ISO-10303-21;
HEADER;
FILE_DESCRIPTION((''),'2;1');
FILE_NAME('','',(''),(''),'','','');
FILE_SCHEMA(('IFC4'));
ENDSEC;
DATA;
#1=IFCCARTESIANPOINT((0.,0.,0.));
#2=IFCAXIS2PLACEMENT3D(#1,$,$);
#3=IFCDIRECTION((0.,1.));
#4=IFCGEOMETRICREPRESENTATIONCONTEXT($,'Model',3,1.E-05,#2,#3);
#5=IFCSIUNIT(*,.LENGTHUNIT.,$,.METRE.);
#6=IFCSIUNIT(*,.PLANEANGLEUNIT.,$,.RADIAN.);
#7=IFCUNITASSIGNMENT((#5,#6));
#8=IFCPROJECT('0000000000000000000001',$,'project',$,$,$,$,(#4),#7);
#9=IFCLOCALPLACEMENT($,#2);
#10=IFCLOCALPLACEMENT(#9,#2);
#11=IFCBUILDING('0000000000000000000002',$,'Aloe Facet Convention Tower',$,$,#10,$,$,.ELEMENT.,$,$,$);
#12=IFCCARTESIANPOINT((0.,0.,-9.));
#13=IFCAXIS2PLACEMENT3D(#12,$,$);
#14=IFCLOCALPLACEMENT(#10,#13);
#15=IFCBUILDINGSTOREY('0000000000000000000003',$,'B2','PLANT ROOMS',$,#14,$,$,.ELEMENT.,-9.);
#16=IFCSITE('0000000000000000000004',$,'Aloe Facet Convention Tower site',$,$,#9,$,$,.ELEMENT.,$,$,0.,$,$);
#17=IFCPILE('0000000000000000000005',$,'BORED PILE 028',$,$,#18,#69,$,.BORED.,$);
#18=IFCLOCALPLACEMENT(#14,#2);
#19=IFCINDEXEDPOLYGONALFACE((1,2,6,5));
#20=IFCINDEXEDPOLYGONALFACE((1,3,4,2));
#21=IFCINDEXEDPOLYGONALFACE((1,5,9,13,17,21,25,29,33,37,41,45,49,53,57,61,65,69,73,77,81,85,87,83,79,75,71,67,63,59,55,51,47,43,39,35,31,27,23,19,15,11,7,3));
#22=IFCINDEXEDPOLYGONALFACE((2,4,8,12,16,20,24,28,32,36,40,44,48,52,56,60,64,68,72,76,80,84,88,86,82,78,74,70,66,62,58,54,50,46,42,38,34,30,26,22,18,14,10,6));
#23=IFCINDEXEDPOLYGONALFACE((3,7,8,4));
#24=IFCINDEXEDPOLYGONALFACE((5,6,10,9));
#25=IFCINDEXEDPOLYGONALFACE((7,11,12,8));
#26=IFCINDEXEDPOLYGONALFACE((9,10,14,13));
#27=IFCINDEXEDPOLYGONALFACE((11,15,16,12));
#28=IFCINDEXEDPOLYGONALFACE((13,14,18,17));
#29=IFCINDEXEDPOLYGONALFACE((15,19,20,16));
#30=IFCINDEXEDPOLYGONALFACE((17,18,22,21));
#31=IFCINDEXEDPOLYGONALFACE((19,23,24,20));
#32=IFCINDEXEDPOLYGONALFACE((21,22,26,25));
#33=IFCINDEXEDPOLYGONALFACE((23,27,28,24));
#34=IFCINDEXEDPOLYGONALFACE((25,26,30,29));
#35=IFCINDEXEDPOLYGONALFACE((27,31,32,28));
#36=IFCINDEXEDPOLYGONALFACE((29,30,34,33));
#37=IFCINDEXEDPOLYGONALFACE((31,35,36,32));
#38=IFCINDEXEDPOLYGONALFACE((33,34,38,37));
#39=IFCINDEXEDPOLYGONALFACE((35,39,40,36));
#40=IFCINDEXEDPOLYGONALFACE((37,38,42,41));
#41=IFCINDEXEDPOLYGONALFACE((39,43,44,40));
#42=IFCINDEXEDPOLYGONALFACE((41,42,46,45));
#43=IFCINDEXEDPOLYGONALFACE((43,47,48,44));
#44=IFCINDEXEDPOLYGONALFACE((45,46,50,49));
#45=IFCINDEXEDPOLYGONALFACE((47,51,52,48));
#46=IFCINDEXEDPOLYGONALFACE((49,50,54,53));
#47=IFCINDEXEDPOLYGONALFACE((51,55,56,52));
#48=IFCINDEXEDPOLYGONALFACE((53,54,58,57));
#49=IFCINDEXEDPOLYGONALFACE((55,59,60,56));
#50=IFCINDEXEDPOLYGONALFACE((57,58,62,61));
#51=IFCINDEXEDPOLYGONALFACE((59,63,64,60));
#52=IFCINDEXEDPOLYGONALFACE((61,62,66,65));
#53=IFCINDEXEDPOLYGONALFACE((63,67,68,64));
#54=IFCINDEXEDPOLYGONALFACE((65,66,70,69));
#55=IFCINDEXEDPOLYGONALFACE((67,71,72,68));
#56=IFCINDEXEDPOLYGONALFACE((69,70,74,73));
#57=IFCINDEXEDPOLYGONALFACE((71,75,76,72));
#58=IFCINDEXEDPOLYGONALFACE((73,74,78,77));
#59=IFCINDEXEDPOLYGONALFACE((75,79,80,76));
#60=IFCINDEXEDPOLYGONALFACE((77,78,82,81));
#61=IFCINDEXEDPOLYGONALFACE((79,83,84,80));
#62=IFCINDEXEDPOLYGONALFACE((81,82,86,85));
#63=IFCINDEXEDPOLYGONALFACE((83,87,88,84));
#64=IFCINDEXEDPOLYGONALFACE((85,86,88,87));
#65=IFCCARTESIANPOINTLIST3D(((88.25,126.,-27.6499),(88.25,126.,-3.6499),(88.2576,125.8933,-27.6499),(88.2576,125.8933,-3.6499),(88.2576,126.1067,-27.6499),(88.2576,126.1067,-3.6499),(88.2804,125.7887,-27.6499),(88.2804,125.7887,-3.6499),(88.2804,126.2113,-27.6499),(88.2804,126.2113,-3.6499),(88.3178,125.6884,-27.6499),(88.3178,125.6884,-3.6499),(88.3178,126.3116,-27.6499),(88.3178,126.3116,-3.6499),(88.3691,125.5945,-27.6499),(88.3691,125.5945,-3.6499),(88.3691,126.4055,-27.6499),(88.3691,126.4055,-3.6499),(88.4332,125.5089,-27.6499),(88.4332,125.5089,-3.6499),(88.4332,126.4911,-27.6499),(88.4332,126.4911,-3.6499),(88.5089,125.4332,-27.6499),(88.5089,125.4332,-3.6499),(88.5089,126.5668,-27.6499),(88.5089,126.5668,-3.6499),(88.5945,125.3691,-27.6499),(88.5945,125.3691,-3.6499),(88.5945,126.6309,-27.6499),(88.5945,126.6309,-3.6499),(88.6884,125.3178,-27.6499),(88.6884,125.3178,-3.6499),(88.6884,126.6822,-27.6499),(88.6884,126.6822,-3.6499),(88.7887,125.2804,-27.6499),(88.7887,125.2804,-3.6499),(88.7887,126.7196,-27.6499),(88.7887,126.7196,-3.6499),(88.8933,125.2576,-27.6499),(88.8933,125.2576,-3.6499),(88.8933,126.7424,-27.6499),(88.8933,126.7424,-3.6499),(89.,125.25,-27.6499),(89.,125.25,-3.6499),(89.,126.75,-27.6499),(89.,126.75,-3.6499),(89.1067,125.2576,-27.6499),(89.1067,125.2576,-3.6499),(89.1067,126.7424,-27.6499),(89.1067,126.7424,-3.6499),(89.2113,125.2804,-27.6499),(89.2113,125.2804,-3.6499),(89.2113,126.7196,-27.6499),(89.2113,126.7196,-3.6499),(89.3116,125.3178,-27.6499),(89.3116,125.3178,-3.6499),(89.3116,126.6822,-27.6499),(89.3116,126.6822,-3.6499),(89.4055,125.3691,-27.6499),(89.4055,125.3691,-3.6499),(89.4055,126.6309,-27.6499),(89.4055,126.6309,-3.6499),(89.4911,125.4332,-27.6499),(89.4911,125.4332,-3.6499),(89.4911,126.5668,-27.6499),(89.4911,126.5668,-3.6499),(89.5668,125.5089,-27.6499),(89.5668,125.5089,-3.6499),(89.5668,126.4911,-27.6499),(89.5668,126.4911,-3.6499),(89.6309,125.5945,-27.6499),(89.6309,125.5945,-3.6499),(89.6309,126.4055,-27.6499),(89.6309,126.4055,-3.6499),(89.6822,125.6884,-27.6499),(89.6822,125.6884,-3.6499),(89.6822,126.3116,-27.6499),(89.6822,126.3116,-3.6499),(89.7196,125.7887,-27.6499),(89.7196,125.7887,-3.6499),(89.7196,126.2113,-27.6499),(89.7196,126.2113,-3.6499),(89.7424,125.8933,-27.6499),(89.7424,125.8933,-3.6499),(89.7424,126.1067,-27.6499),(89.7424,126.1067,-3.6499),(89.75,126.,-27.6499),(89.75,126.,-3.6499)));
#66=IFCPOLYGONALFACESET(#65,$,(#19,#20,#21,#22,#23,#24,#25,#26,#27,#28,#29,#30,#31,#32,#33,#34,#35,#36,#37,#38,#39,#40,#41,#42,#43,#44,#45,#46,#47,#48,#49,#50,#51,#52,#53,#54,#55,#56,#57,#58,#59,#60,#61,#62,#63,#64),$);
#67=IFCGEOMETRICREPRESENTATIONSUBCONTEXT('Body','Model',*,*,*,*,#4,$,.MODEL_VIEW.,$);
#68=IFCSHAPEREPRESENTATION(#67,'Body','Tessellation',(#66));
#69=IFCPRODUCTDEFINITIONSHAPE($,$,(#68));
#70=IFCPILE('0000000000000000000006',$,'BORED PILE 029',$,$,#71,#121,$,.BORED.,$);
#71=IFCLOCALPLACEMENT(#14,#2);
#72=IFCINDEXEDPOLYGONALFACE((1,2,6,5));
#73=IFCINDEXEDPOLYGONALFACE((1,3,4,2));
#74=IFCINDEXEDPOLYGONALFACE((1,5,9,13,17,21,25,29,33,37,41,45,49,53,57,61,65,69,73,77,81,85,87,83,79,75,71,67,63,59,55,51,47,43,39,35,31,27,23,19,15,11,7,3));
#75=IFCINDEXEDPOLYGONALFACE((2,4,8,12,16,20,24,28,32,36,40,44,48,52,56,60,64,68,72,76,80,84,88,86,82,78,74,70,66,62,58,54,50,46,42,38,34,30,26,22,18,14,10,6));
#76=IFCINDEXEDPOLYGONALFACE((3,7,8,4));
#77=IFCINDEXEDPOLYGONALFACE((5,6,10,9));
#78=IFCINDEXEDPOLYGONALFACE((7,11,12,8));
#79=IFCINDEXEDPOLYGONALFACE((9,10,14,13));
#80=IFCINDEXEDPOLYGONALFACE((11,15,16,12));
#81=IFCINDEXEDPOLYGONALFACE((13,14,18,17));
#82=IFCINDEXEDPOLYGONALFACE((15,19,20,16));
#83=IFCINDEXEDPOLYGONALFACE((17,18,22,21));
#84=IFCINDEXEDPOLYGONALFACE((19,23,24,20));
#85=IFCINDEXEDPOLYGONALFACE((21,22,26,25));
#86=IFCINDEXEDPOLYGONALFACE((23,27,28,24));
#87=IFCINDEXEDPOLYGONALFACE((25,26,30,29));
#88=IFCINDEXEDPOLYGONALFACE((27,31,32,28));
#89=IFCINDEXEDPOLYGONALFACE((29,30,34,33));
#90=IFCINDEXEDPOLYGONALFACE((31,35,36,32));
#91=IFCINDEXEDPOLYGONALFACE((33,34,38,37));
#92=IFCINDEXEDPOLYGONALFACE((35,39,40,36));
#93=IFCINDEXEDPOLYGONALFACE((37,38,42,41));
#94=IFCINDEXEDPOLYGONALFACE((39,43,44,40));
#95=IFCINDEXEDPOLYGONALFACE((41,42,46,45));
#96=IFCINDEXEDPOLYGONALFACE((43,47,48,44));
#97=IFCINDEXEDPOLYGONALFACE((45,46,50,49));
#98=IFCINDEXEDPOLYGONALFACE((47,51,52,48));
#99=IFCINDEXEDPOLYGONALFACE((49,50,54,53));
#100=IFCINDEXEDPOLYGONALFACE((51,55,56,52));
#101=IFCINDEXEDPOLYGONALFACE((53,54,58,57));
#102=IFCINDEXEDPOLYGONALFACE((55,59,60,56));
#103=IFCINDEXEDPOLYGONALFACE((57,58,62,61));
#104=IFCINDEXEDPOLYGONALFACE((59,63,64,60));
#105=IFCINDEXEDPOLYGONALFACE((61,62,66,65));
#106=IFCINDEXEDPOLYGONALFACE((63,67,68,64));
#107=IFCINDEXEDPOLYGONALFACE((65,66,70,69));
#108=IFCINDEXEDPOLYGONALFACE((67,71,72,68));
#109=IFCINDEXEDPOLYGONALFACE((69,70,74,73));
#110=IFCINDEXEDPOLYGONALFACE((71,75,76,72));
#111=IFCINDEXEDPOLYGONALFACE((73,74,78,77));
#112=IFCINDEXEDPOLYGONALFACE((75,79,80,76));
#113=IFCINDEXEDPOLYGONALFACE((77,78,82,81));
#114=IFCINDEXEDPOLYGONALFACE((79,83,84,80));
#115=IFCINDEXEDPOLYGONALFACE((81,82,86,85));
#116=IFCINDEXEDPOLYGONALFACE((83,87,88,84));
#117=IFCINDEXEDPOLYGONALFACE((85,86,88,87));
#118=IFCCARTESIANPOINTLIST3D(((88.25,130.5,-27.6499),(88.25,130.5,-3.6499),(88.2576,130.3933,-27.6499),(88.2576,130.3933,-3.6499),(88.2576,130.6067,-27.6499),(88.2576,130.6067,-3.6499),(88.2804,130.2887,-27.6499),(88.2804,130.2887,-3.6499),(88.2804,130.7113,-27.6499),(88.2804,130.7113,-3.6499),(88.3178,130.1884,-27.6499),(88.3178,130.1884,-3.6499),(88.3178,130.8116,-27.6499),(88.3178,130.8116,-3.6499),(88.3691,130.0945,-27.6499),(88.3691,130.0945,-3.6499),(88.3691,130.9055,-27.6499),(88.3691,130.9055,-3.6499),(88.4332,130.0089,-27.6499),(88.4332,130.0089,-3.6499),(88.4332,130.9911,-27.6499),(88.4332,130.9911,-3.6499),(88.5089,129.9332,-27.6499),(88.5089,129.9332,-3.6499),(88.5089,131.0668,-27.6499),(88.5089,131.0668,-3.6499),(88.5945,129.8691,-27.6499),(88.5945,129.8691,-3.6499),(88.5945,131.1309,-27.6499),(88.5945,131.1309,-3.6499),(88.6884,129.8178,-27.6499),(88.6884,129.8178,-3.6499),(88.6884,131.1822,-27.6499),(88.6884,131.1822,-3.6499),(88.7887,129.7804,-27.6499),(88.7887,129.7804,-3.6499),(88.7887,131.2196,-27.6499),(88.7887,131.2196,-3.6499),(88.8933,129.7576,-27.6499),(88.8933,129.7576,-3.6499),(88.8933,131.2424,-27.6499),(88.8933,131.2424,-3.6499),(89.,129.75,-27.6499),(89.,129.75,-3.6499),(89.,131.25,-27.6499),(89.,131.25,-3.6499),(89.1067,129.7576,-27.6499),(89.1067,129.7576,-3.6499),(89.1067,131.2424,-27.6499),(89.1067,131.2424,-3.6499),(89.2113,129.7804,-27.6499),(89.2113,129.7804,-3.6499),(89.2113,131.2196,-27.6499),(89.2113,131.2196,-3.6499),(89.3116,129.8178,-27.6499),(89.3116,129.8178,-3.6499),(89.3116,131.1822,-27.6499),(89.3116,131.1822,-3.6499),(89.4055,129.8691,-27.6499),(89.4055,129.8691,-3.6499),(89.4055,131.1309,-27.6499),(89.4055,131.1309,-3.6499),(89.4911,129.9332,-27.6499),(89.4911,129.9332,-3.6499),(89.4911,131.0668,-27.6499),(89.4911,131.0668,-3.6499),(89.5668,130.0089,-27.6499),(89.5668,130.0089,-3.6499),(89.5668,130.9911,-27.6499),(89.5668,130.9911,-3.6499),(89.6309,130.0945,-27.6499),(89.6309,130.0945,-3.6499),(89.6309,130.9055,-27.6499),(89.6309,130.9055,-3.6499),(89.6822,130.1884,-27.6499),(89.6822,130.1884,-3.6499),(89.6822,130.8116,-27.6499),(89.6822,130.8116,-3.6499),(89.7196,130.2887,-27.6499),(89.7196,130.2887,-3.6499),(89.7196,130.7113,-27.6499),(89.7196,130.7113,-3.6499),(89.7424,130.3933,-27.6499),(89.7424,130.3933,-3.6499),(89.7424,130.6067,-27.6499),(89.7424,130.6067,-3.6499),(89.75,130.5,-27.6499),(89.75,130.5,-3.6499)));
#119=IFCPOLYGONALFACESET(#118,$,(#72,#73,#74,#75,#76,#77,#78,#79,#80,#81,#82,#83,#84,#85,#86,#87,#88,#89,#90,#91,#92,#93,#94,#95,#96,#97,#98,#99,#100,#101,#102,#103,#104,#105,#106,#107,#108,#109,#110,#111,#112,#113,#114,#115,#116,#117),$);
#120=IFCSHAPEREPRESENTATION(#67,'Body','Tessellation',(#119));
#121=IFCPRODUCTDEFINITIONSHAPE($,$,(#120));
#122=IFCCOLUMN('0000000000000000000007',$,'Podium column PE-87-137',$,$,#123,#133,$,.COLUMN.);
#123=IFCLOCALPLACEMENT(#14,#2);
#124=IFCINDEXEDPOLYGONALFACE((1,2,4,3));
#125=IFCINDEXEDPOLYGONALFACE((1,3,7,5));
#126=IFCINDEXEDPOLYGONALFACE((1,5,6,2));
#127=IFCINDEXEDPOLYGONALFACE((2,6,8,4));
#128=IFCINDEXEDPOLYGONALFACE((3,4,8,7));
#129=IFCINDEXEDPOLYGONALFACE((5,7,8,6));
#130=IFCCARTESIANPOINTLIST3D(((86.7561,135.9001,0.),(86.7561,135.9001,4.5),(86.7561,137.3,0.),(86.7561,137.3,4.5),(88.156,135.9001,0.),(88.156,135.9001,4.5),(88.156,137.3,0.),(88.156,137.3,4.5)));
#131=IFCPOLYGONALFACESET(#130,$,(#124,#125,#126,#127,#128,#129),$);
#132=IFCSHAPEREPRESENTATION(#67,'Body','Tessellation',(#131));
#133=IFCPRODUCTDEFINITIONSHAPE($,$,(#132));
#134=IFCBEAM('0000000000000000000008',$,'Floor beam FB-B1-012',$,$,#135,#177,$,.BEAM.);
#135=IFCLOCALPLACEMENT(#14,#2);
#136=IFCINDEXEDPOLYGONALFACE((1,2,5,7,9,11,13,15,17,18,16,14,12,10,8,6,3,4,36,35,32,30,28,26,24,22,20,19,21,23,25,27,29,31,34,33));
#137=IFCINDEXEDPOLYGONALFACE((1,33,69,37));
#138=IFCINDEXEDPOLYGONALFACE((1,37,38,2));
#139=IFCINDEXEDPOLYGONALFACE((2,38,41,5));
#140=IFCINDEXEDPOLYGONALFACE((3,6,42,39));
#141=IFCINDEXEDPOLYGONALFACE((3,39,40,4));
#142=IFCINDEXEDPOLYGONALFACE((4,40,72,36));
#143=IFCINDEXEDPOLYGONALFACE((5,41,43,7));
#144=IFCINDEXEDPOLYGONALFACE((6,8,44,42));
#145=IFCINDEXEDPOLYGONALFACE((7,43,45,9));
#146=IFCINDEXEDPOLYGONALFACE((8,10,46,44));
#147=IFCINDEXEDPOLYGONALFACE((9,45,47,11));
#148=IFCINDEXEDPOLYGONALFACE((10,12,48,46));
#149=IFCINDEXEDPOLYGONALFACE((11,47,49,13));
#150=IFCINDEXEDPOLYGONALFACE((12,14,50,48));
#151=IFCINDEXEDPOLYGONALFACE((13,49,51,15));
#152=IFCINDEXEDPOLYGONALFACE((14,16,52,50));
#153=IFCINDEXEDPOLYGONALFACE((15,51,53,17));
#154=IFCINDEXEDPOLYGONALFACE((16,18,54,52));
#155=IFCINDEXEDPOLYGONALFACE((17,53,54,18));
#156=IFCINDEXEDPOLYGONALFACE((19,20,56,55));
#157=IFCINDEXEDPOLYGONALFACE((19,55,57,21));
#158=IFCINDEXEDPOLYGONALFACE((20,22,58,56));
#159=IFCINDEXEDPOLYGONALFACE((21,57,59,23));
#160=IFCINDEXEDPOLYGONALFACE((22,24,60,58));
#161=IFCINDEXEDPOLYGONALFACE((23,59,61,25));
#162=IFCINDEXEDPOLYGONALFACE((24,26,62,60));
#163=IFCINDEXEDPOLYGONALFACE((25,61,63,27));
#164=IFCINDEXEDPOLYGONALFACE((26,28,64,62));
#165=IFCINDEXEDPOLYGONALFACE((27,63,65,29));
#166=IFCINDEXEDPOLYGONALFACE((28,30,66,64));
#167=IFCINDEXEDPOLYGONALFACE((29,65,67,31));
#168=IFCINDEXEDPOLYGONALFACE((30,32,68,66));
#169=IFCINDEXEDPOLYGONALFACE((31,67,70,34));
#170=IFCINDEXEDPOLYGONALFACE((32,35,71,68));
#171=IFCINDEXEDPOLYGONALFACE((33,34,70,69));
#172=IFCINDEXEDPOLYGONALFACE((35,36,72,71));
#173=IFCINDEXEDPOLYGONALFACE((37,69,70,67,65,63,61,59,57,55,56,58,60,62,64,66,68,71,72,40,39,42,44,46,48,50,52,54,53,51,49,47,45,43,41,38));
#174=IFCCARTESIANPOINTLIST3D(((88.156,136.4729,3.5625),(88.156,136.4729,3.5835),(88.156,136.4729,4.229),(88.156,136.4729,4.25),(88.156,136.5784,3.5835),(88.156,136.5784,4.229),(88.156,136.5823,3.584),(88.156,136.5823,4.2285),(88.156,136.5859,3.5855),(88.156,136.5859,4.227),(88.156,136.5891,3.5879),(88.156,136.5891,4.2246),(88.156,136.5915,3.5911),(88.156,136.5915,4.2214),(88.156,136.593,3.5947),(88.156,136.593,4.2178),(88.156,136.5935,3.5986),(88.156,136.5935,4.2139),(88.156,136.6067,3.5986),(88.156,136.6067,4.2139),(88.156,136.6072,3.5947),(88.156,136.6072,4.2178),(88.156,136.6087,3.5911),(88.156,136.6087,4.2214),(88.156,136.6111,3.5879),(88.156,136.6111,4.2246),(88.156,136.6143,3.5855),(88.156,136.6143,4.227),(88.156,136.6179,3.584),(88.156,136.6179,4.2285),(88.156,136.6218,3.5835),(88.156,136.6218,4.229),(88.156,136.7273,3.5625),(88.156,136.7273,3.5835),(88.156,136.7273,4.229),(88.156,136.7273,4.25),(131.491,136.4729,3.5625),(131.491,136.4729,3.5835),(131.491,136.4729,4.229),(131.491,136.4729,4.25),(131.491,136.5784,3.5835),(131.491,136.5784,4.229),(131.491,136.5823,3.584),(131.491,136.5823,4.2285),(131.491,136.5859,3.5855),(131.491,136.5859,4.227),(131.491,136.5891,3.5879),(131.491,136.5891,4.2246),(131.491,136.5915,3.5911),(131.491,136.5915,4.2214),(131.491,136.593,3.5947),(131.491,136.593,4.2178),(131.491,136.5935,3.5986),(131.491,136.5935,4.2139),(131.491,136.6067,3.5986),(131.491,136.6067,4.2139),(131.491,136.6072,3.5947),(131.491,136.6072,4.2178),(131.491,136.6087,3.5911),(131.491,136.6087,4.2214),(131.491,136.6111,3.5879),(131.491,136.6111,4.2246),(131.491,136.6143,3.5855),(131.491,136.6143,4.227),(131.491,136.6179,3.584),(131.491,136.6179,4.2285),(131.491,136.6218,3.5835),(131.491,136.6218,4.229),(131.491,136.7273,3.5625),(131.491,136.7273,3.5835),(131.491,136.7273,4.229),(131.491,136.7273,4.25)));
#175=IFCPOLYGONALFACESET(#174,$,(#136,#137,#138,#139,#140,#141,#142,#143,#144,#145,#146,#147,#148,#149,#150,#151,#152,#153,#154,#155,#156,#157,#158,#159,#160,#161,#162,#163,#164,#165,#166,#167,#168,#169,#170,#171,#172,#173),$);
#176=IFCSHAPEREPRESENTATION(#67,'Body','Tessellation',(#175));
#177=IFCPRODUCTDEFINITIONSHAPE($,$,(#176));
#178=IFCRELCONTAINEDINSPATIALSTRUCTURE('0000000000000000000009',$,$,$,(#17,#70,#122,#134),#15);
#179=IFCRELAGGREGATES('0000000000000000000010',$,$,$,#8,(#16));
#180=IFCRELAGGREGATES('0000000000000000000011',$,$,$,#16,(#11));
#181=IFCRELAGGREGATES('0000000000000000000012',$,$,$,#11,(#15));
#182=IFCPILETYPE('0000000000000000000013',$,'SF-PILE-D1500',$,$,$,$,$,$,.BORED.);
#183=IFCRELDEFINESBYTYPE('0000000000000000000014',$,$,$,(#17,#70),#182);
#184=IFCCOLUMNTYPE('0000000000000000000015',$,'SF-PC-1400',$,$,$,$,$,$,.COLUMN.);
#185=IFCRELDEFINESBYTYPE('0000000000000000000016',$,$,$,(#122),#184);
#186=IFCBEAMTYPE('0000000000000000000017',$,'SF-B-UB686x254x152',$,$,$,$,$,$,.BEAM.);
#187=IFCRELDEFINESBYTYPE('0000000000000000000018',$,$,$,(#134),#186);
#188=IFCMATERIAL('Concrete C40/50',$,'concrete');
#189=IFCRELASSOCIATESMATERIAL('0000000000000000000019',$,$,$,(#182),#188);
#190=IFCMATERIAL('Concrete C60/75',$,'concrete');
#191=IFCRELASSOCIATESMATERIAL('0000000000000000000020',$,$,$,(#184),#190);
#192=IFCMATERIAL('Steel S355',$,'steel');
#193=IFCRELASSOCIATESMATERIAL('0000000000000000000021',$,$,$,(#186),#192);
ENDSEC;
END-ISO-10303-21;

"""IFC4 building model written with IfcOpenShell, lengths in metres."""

from ifc_helpers import new_model, si_unit, direction, frame, origin, origin_2d, place, context, subcontext, project, spatial, rectangle, circle, i_section, extrude, material, material_profile, profile_set, type_object, element, save


model = new_model("IFC4")

# Units and contexts
model_context = context("Model", 3, precision=1e-05, world=origin(), true_north=direction((0.0, 1.0)))
body_context = subcontext(model_context, "Body", "Model", "MODEL_VIEW")
ifc_project = project(units=[si_unit("LENGTHUNIT", "METRE"), si_unit("PLANEANGLEUNIT", "RADIAN")], contexts=[model_context])

# Site, building, storey
site_placement = place(None, origin())
site = spatial("IfcSite", under=ifc_project, at=site_placement, Name="Aloe Facet Convention Tower site", CompositionType="ELEMENT", RefElevation=0.0)
building_placement = place(site_placement, origin())
building = spatial("IfcBuilding", under=site, at=building_placement, Name="Aloe Facet Convention Tower", CompositionType="ELEMENT")
storey_placement = place(building_placement, frame((0.0, 0.0, -9.0)))
storey = spatial("IfcBuildingStorey", under=building, at=storey_placement, Name="B2", Description="PLANT ROOMS", CompositionType="ELEMENT", Elevation=-9.0)

# Piles
ifc_material_1 = material(Name="Concrete C40/50", Category="concrete")
ifc_material_profile_1 = material_profile(ifc_material_1, circle(Radius=0.75, at=origin_2d()), Name="D1500")
ifc_profile_set_1 = profile_set([ifc_material_profile_1], Name="Concrete C40/50")
pile_type = type_object("IfcPileType", Name="SF-PILE-D1500", PredefinedType="BORED", material=ifc_profile_set_1)
for number, where, z_axis, x_axis, name in (
    (1, (89.0, 126.0, -3.6499), (0.0, 0.0, -1.0), (1.0, 0.0, 0.0), "BORED PILE 028"),
    (2, (89.0, 130.5, -3.6499), (0.0, 0.0, -1.0), (1.0, 0.0, 0.0), "BORED PILE 029"),
):
    element("IfcPile", number, at=place(storey_placement, frame(where, z_axis=z_axis, x_axis=x_axis)), inside=storey, type_object=pile_type, Name=name, PredefinedType="BORED", context=body_context, shape_type="SweptSolid", body=[
        extrude(circle(Radius=0.75, at=origin_2d()), origin(), (0.0, 0.0, 1.0), 24.0),
    ])

# Column
ifc_material_2 = material(Name="Concrete C60/75", Category="concrete")
ifc_material_profile_2 = material_profile(ifc_material_2, rectangle(XDim=1.3999, YDim=1.3999, at=origin_2d()), Name="SF-PC-1400")
ifc_profile_set_2 = profile_set([ifc_material_profile_2], Name="Concrete C60/75")
column_type = type_object("IfcColumnType", Name="SF-PC-1400", PredefinedType="COLUMN", material=ifc_profile_set_2)
column_placement = place(storey_placement, frame((87.4561, 136.6001, 0.0), z_axis=(0.0, 0.0, 1.0), x_axis=(1.0, 0.0, 0.0)))
element("IfcColumn", 3, at=column_placement, inside=storey, type_object=column_type, Name="Podium column PE-87-137", PredefinedType="COLUMN", context=body_context, shape_type="SweptSolid", body=[
    extrude(rectangle(XDim=1.3999, YDim=1.3999, at=origin_2d()), origin(), (0.0, 0.0, 1.0), 4.5),
])

# Beam
ifc_material_3 = material(Name="Steel S355", Category="steel")
ifc_material_profile_3 = material_profile(ifc_material_3, i_section(OverallWidth=0.2544, OverallDepth=0.6875, WebThickness=0.0132, FlangeThickness=0.021, FilletRadius=0.0151, at=origin_2d()), Name="UB 686x254x152")
ifc_profile_set_3 = profile_set([ifc_material_profile_3], Name="Steel S355")
beam_type_1 = type_object("IfcBeamType", Name="SF-B-UB686x254x152", PredefinedType="BEAM", material=ifc_profile_set_3)
beam_1_placement = place(storey_placement, frame((88.156, 136.6001, 3.9062), z_axis=(1.0, 0.0, 0.0), x_axis=(0.0, 1.0, 0.0)))
element("IfcBeam", 4, at=beam_1_placement, inside=storey, type_object=beam_type_1, Name="Floor beam FB-B1-012", PredefinedType="BEAM", context=body_context, shape_type="SweptSolid", body=[
    extrude(i_section(OverallWidth=0.2544, OverallDepth=0.6875, WebThickness=0.0132, FlangeThickness=0.021, FilletRadius=0.0151, at=origin_2d()), origin(), (0.0, 0.0, 1.0), 43.335),
])

save(model, "model.ifc")
